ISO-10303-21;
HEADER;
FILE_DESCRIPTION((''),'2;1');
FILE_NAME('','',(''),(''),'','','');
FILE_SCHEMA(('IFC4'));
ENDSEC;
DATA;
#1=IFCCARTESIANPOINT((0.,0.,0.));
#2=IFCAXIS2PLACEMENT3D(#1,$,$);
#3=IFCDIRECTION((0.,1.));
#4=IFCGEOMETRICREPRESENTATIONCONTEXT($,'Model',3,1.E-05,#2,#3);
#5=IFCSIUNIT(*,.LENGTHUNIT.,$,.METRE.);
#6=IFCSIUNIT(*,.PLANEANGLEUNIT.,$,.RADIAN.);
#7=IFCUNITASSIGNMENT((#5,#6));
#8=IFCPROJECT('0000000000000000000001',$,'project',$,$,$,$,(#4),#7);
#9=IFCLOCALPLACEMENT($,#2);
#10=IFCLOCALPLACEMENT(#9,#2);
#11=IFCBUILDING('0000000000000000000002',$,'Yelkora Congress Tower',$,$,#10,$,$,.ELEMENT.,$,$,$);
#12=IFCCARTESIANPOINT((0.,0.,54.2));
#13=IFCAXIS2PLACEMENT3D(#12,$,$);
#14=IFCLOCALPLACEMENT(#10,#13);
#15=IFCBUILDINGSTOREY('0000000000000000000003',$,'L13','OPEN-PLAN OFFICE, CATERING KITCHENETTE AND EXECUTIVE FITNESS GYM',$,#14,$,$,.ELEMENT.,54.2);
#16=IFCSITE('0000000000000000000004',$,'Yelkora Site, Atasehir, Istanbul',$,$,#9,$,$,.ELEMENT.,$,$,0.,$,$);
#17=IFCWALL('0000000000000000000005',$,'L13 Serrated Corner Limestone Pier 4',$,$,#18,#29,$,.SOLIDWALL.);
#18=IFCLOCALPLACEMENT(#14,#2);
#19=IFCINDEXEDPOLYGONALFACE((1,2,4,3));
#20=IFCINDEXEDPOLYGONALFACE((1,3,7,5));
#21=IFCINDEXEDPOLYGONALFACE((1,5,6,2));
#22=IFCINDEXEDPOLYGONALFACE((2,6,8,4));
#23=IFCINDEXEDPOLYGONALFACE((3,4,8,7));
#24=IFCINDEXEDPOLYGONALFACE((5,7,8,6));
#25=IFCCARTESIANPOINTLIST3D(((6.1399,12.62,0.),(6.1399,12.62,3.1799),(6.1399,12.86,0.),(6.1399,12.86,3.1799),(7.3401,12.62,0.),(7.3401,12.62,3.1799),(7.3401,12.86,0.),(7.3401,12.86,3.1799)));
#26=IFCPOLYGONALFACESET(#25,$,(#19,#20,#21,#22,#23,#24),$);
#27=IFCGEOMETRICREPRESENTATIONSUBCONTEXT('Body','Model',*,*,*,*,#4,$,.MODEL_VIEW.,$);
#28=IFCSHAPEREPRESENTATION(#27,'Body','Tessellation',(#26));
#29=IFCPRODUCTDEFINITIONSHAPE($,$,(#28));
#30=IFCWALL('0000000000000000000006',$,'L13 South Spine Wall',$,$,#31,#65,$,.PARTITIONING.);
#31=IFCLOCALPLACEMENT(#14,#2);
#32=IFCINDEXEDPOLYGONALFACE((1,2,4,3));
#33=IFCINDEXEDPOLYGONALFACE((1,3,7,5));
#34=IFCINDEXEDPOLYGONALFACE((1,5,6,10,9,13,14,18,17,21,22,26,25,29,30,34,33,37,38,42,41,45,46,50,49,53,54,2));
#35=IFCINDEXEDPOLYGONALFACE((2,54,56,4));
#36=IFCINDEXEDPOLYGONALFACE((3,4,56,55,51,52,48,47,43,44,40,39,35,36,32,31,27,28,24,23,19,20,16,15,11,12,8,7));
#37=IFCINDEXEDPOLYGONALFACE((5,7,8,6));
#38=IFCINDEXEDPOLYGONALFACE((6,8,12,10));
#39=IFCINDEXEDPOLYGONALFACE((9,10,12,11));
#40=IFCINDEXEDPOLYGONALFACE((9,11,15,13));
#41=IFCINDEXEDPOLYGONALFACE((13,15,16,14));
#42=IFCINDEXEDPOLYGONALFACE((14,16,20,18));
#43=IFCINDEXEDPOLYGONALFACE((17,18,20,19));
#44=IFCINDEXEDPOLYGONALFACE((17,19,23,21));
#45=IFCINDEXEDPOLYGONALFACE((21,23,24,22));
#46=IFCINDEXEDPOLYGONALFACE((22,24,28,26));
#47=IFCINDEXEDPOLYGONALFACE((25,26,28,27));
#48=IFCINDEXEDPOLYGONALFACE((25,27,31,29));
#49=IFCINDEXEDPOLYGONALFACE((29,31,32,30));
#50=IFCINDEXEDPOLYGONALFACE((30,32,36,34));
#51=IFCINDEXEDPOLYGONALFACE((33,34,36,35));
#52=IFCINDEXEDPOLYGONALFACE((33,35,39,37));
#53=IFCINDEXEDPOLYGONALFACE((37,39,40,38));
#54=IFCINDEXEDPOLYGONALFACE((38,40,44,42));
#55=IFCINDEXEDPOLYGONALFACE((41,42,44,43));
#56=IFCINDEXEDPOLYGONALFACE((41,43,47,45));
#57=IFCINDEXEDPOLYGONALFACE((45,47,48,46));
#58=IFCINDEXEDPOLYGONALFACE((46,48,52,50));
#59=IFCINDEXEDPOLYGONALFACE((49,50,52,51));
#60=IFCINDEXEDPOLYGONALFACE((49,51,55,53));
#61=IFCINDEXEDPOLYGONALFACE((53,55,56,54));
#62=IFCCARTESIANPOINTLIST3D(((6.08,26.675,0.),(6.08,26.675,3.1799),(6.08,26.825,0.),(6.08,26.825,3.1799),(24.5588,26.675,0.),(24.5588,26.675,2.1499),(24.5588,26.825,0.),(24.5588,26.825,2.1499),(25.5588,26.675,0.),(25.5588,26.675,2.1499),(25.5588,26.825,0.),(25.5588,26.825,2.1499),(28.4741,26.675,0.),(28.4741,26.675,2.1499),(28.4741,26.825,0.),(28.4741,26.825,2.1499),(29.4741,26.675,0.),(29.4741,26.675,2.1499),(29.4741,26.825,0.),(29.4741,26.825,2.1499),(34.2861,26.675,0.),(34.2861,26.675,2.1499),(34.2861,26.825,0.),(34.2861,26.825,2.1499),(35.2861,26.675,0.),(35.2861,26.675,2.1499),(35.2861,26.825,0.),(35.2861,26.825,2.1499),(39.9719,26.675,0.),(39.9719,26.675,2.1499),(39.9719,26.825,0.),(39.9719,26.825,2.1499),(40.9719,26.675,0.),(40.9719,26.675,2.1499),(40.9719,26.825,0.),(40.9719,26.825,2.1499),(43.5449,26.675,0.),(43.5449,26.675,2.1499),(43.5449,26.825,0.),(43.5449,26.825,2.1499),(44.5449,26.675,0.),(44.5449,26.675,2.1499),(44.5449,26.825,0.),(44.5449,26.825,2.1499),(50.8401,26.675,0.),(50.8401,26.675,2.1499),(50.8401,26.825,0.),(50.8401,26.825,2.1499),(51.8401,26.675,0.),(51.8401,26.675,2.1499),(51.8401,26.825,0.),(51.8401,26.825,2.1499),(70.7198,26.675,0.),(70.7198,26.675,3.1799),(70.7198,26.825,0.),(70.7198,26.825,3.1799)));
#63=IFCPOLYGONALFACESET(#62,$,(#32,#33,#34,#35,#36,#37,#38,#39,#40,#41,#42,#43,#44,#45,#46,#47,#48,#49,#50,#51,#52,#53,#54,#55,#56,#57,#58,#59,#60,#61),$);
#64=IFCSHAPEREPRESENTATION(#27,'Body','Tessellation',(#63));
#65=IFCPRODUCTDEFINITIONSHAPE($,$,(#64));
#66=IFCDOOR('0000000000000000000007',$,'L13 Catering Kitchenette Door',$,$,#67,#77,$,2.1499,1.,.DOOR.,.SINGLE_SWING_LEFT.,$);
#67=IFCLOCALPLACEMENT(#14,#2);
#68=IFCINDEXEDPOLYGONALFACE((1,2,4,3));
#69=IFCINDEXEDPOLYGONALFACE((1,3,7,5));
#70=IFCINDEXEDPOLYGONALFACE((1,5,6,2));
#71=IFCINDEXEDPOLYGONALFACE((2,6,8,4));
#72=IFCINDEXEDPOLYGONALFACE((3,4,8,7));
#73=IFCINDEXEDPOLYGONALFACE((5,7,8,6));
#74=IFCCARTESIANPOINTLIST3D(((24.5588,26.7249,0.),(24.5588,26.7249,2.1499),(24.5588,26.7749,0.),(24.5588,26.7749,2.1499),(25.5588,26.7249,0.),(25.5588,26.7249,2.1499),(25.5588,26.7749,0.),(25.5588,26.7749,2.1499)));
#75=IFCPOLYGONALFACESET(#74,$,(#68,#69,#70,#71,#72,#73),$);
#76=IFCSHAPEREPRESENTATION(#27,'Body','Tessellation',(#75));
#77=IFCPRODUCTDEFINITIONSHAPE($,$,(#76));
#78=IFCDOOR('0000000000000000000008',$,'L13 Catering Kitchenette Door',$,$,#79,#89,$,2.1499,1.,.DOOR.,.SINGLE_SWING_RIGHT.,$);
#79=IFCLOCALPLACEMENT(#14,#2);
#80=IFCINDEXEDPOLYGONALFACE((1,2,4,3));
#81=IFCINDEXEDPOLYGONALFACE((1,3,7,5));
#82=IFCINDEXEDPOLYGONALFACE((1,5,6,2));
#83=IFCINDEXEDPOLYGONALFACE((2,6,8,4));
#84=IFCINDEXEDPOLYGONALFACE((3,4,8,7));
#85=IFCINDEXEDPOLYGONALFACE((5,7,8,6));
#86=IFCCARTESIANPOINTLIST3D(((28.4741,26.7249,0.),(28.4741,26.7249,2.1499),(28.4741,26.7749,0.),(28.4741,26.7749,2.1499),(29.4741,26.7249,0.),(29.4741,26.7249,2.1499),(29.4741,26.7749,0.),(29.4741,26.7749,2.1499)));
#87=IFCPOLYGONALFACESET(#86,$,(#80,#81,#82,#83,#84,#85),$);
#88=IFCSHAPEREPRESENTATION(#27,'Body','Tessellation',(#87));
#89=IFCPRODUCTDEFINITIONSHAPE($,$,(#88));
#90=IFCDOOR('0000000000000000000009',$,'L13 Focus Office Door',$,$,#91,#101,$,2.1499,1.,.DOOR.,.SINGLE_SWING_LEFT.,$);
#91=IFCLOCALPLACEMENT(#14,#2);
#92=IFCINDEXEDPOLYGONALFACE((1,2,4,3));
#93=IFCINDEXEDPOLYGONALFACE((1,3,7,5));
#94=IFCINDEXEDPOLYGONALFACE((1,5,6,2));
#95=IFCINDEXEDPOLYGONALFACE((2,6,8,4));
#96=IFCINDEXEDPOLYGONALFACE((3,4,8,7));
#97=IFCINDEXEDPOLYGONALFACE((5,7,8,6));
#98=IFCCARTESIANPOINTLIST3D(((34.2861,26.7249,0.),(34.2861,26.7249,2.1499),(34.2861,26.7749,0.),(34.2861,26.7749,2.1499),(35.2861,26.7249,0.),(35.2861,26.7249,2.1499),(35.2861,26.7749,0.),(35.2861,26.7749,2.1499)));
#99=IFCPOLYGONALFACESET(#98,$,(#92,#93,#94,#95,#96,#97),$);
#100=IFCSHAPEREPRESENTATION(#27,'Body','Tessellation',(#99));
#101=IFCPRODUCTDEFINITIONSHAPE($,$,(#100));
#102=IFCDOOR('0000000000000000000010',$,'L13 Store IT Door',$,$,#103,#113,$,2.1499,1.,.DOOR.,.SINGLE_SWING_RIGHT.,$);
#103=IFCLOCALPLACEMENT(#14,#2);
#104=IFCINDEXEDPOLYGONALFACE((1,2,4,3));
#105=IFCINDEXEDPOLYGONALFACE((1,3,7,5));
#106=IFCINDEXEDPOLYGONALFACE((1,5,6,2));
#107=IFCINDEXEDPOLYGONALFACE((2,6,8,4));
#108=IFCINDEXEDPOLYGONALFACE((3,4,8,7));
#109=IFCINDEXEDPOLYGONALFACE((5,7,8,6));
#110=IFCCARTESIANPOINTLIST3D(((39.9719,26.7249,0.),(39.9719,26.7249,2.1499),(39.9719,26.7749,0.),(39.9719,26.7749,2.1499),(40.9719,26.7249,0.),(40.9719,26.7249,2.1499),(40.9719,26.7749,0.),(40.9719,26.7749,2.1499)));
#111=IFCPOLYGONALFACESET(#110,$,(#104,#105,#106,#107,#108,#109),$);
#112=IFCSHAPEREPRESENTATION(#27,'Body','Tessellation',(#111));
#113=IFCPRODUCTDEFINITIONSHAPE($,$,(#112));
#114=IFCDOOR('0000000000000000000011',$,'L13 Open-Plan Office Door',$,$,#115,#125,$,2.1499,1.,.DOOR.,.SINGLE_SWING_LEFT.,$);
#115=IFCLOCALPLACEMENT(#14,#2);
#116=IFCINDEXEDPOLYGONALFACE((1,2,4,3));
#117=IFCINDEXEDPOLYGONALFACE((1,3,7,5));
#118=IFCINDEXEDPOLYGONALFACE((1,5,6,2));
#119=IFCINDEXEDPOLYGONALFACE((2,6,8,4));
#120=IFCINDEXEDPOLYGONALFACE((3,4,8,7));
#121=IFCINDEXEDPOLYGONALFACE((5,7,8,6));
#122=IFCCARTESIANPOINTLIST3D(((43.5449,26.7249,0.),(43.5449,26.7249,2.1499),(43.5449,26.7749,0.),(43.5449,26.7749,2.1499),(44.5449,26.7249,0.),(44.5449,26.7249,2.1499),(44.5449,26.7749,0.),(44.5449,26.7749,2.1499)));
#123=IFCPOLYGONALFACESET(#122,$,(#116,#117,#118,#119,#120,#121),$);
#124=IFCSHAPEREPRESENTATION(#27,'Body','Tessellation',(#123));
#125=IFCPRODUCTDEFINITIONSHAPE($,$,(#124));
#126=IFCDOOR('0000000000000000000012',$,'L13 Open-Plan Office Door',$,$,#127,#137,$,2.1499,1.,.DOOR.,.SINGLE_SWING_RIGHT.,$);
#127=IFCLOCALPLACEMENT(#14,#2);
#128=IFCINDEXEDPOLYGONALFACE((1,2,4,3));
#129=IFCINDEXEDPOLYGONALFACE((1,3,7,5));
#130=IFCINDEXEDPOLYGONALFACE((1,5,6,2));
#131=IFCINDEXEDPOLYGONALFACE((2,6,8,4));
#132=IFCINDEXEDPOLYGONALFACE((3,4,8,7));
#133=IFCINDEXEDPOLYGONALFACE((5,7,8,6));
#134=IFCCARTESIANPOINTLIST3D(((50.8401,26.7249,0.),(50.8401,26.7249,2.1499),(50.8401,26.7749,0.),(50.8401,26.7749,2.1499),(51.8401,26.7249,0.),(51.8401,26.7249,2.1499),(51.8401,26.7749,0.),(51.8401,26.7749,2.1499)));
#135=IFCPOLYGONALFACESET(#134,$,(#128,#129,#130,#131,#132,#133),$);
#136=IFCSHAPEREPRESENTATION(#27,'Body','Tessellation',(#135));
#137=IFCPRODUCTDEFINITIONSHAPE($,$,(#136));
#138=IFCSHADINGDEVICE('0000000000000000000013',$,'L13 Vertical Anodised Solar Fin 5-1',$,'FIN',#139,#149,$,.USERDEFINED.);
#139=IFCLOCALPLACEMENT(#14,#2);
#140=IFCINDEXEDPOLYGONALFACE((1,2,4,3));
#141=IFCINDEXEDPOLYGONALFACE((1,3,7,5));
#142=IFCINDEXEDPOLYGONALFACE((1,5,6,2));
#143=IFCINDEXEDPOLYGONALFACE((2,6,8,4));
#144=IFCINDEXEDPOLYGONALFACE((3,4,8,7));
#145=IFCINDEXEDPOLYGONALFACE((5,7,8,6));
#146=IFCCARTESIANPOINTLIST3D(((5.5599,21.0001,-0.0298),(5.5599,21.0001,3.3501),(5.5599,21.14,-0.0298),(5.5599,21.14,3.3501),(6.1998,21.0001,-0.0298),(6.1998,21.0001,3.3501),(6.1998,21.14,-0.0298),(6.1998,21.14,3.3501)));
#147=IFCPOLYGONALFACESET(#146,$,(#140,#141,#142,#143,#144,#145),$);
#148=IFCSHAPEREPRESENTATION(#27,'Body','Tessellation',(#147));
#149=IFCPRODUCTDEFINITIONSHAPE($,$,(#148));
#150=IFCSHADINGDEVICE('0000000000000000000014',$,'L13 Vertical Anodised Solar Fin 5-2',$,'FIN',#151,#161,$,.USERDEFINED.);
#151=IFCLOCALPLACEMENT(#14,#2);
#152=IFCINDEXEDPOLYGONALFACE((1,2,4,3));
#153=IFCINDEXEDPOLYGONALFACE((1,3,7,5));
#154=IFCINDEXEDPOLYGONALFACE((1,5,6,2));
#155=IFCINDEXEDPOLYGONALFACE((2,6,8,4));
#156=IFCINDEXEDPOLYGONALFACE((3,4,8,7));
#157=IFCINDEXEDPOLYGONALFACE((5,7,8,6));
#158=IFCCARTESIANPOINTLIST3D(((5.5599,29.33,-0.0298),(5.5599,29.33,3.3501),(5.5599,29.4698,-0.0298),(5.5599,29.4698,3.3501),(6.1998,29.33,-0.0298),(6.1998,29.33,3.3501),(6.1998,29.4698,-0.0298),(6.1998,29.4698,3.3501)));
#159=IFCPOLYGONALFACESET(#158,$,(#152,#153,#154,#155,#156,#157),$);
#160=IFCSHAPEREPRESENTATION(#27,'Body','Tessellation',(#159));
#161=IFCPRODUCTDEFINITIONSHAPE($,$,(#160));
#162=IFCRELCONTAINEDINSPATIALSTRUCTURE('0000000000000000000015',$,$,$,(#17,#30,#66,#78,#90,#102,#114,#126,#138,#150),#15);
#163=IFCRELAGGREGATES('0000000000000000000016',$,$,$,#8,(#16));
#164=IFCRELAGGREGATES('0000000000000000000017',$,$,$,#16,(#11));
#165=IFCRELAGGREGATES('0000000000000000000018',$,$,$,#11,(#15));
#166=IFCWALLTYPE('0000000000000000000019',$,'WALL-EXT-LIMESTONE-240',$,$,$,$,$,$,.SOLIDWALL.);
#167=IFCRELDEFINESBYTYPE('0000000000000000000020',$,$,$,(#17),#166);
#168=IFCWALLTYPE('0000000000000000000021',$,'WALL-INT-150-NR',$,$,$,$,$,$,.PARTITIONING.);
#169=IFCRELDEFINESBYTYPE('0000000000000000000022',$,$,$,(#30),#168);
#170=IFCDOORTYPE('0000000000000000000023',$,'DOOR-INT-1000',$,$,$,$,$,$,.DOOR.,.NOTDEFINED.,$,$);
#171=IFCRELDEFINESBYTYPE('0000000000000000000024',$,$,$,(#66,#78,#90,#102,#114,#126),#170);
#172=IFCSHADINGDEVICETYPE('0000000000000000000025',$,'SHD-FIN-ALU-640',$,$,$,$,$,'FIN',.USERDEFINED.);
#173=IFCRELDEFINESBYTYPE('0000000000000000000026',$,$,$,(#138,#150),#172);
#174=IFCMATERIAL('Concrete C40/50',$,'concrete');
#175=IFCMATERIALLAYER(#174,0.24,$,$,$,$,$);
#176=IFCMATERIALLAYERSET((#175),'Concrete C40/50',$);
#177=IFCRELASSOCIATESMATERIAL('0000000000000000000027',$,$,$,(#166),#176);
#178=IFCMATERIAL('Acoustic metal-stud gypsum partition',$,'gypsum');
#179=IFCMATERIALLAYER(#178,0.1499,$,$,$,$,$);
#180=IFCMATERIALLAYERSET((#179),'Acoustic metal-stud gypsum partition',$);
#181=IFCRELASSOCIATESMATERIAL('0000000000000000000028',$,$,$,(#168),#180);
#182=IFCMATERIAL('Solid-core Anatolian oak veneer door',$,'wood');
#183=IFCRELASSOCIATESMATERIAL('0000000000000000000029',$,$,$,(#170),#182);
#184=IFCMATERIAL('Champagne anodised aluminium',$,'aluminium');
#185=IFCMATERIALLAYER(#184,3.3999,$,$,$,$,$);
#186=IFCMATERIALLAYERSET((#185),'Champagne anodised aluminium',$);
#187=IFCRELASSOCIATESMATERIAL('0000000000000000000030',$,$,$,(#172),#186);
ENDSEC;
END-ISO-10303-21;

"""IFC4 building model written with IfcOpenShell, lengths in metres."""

from ifc_helpers import new_model, si_unit, direction, frame, frame_2d, origin, origin_2d, place, context, subcontext, project, spatial, rectangle, extrude, material, layer, layer_set, type_object, element, fill, save


model = new_model("IFC4")

# Units and contexts
model_context = context("Model", 3, precision=1e-05, world=origin(), true_north=direction((0.0, 1.0)))
body_context = subcontext(model_context, "Body", "Model", "MODEL_VIEW")
ifc_project = project(units=[si_unit("LENGTHUNIT", "METRE"), si_unit("PLANEANGLEUNIT", "RADIAN")], contexts=[model_context])

# Site, building, storey
site_placement = place(None, origin())
site = spatial("IfcSite", under=ifc_project, at=site_placement, Name="Yelkora Site, Atasehir, Istanbul", CompositionType="ELEMENT", RefElevation=0.0)
building_placement = place(site_placement, origin())
building = spatial("IfcBuilding", under=site, at=building_placement, Name="Yelkora Congress Tower", CompositionType="ELEMENT")
storey_placement = place(building_placement, frame((0.0, 0.0, 54.2)))
storey = spatial("IfcBuildingStorey", under=building, at=storey_placement, Name="L13", Description="OPEN-PLAN OFFICE, CATERING KITCHENETTE AND EXECUTIVE FITNESS GYM", CompositionType="ELEMENT", Elevation=54.2)

# Wall
ifc_material_1 = material(Name="Concrete C40/50", Category="concrete")
ifc_layer_1 = layer(ifc_material_1, 0.24)
ifc_layer_set_1 = layer_set([ifc_layer_1], Name="Concrete C40/50")
wall_type_1 = type_object("IfcWallType", Name="WALL-EXT-LIMESTONE-240", PredefinedType="SOLIDWALL", material=ifc_layer_set_1)
wall_1_placement = place(storey_placement, frame((7.3401, 12.74, 0.0), z_axis=(0.0, 0.0, 1.0), x_axis=(-1.0, 0.0, 0.0)))
element("IfcWall", 1, at=wall_1_placement, inside=storey, type_object=wall_type_1, Name="L13 Serrated Corner Limestone Pier 4", PredefinedType="SOLIDWALL", context=body_context, shape_type="SweptSolid", body=[
    extrude(rectangle(XDim=1.2002, YDim=0.24, at=frame_2d((0.6001, 0.0))), origin(), (0.0, 0.0, 1.0), 3.1799),
])

# Wall, openings, doors
ifc_material_2 = material(Name="Acoustic metal-stud gypsum partition", Category="gypsum")
ifc_layer_2 = layer(ifc_material_2, 0.1499)
ifc_layer_set_2 = layer_set([ifc_layer_2], Name="Acoustic metal-stud gypsum partition")
wall_type_2 = type_object("IfcWallType", Name="WALL-INT-150-NR", PredefinedType="PARTITIONING", material=ifc_layer_set_2)
wall_2_placement = place(storey_placement, frame((6.0801, 26.75, 0.0), z_axis=(0.0, 0.0, 1.0), x_axis=(1.0, 0.0, 0.0)))
wall_2 = element("IfcWall", 2, at=wall_2_placement, inside=storey, type_object=wall_type_2, Name="L13 South Spine Wall", PredefinedType="PARTITIONING", context=body_context, shape_type="SweptSolid", body=[
    extrude(rectangle(XDim=64.6399, YDim=0.1499, at=frame_2d((32.3198, 0.0))), origin(), (0.0, 0.0, 1.0), 3.1799),
])
opening_1_placement = place(wall_2_placement, frame((18.4788, 0.0, 0.0)))
opening_1 = element("IfcOpeningElement", 3, at=opening_1_placement, cuts=wall_2, PredefinedType="OPENING", context=body_context, shape_type="SweptSolid", body=[
    extrude(rectangle(XDim=1.0, YDim=2.1499, at=frame_2d((0.5, 1.075))), frame((0.0, 0.085, 0.0), z_axis=(0.0, -1.0, 0.0), x_axis=(1.0, 0.0, 0.0)), (0.0, 0.0, 1.0), 0.1699),
])
opening_2_placement = place(wall_2_placement, frame((22.394, 0.0, 0.0)))
opening_2 = element("IfcOpeningElement", 4, at=opening_2_placement, cuts=wall_2, PredefinedType="OPENING", context=body_context, shape_type="SweptSolid", body=[
    extrude(rectangle(XDim=1.0, YDim=2.1499, at=frame_2d((0.5, 1.075))), frame((0.0, 0.085, 0.0), z_axis=(0.0, -1.0, 0.0), x_axis=(1.0, 0.0, 0.0)), (0.0, 0.0, 1.0), 0.1699),
])
opening_3_placement = place(wall_2_placement, frame((28.2061, 0.0, 0.0)))
opening_3 = element("IfcOpeningElement", 5, at=opening_3_placement, cuts=wall_2, PredefinedType="OPENING", context=body_context, shape_type="SweptSolid", body=[
    extrude(rectangle(XDim=1.0, YDim=2.1499, at=frame_2d((0.5, 1.075))), frame((0.0, 0.085, 0.0), z_axis=(0.0, -1.0, 0.0), x_axis=(1.0, 0.0, 0.0)), (0.0, 0.0, 1.0), 0.1699),
])
opening_4_placement = place(wall_2_placement, frame((33.8918, 0.0, 0.0)))
opening_4 = element("IfcOpeningElement", 6, at=opening_4_placement, cuts=wall_2, PredefinedType="OPENING", context=body_context, shape_type="SweptSolid", body=[
    extrude(rectangle(XDim=1.0, YDim=2.1499, at=frame_2d((0.5, 1.075))), frame((0.0, 0.085, 0.0), z_axis=(0.0, -1.0, 0.0), x_axis=(1.0, 0.0, 0.0)), (0.0, 0.0, 1.0), 0.1699),
])
opening_5_placement = place(wall_2_placement, frame((37.4648, 0.0, 0.0)))
opening_5 = element("IfcOpeningElement", 7, at=opening_5_placement, cuts=wall_2, PredefinedType="OPENING", context=body_context, shape_type="SweptSolid", body=[
    extrude(rectangle(XDim=1.0, YDim=2.1499, at=frame_2d((0.5, 1.075))), frame((0.0, 0.085, 0.0), z_axis=(0.0, -1.0, 0.0), x_axis=(1.0, 0.0, 0.0)), (0.0, 0.0, 1.0), 0.1699),
])
opening_6_placement = place(wall_2_placement, frame((44.76, 0.0, 0.0)))
opening_6 = element("IfcOpeningElement", 8, at=opening_6_placement, cuts=wall_2, PredefinedType="OPENING", context=body_context, shape_type="SweptSolid", body=[
    extrude(rectangle(XDim=1.0, YDim=2.1499, at=frame_2d((0.5, 1.075))), frame((0.0, 0.085, 0.0), z_axis=(0.0, -1.0, 0.0), x_axis=(1.0, 0.0, 0.0)), (0.0, 0.0, 1.0), 0.1699),
])
ifc_material_3 = material(Name="Solid-core Anatolian oak veneer door", Category="wood")
door_type = type_object("IfcDoorType", Name="DOOR-INT-1000", OperationType="NOTDEFINED", PredefinedType="DOOR", material=ifc_material_3)
door_1_placement = place(opening_1_placement, origin())
door_1 = element("IfcDoor", 9, at=door_1_placement, inside=storey, type_object=door_type, Name="L13 Catering Kitchenette Door", OperationType="SINGLE_SWING_LEFT", OverallHeight=2.1499, OverallWidth=1.0, PredefinedType="DOOR", context=body_context, shape_type="SweptSolid", body=[
    extrude(rectangle(XDim=1.0, YDim=2.1499, at=frame_2d((0.5, 1.075))), frame((0.0, 0.0249, 0.0), z_axis=(0.0, -1.0, 0.0), x_axis=(1.0, 0.0, 0.0)), (0.0, 0.0, 1.0), 0.05),
])
fill(opening_1, door_1)
door_2_placement = place(opening_2_placement, origin())
door_2 = element("IfcDoor", 10, at=door_2_placement, inside=storey, type_object=door_type, Name="L13 Catering Kitchenette Door", OperationType="SINGLE_SWING_RIGHT", OverallHeight=2.1499, OverallWidth=1.0, PredefinedType="DOOR", context=body_context, shape_type="SweptSolid", body=[
    extrude(rectangle(XDim=1.0, YDim=2.1499, at=frame_2d((0.5, 1.075))), frame((0.0, 0.0249, 0.0), z_axis=(0.0, -1.0, 0.0), x_axis=(1.0, 0.0, 0.0)), (0.0, 0.0, 1.0), 0.05),
])
fill(opening_2, door_2)
door_3_placement = place(opening_3_placement, origin())
door_3 = element("IfcDoor", 11, at=door_3_placement, inside=storey, type_object=door_type, Name="L13 Focus Office Door", OperationType="SINGLE_SWING_LEFT", OverallHeight=2.1499, OverallWidth=1.0, PredefinedType="DOOR", context=body_context, shape_type="SweptSolid", body=[
    extrude(rectangle(XDim=1.0, YDim=2.1499, at=frame_2d((0.5, 1.075))), frame((0.0, 0.0249, 0.0), z_axis=(0.0, -1.0, 0.0), x_axis=(1.0, 0.0, 0.0)), (0.0, 0.0, 1.0), 0.05),
])
fill(opening_3, door_3)
door_4_placement = place(opening_4_placement, origin())
door_4 = element("IfcDoor", 12, at=door_4_placement, inside=storey, type_object=door_type, Name="L13 Store IT Door", OperationType="SINGLE_SWING_RIGHT", OverallHeight=2.1499, OverallWidth=1.0, PredefinedType="DOOR", context=body_context, shape_type="SweptSolid", body=[
    extrude(rectangle(XDim=1.0, YDim=2.1499, at=frame_2d((0.5, 1.075))), frame((0.0, 0.0249, 0.0), z_axis=(0.0, -1.0, 0.0), x_axis=(1.0, 0.0, 0.0)), (0.0, 0.0, 1.0), 0.05),
])
fill(opening_4, door_4)
door_5_placement = place(opening_5_placement, origin())
door_5 = element("IfcDoor", 13, at=door_5_placement, inside=storey, type_object=door_type, Name="L13 Open-Plan Office Door", OperationType="SINGLE_SWING_LEFT", OverallHeight=2.1499, OverallWidth=1.0, PredefinedType="DOOR", context=body_context, shape_type="SweptSolid", body=[
    extrude(rectangle(XDim=1.0, YDim=2.1499, at=frame_2d((0.5, 1.075))), frame((0.0, 0.0249, 0.0), z_axis=(0.0, -1.0, 0.0), x_axis=(1.0, 0.0, 0.0)), (0.0, 0.0, 1.0), 0.05),
])
fill(opening_5, door_5)
door_6_placement = place(opening_6_placement, origin())
door_6 = element("IfcDoor", 14, at=door_6_placement, inside=storey, type_object=door_type, Name="L13 Open-Plan Office Door", OperationType="SINGLE_SWING_RIGHT", OverallHeight=2.1499, OverallWidth=1.0, PredefinedType="DOOR", context=body_context, shape_type="SweptSolid", body=[
    extrude(rectangle(XDim=1.0, YDim=2.1499, at=frame_2d((0.5, 1.075))), frame((0.0, 0.0249, 0.0), z_axis=(0.0, -1.0, 0.0), x_axis=(1.0, 0.0, 0.0)), (0.0, 0.0, 1.0), 0.05),
])
fill(opening_6, door_6)

# Shading devices
ifc_material_4 = material(Name="Champagne anodised aluminium", Category="aluminium")
ifc_layer_3 = layer(ifc_material_4, 3.3999)
ifc_layer_set_3 = layer_set([ifc_layer_3], Name="Champagne anodised aluminium")
shading_device_type = type_object("IfcShadingDeviceType", Name="SHD-FIN-ALU-640", ElementType="FIN", PredefinedType="USERDEFINED", material=ifc_layer_set_3)
for number, where, z_axis, x_axis, name in (
    (15, (5.8799, 21.0701, -0.0298), (0.0, 0.0, 1.0), (0.0, 1.0, 0.0), "L13 Vertical Anodised Solar Fin 5-1"),
    (16, (5.8799, 29.3999, -0.0298), (0.0, 0.0, 1.0), (0.0, 1.0, 0.0), "L13 Vertical Anodised Solar Fin 5-2"),
):
    element("IfcShadingDevice", number, at=place(storey_placement, frame(where, z_axis=z_axis, x_axis=x_axis)), inside=storey, type_object=shading_device_type, Name=name, ObjectType="FIN", PredefinedType="USERDEFINED", context=body_context, shape_type="SweptSolid", body=[
        extrude(rectangle(XDim=0.1399, YDim=0.6399, at=origin_2d()), origin(), (0.0, 0.0, 1.0), 3.3799),
    ])

save(model, "model.ifc")
